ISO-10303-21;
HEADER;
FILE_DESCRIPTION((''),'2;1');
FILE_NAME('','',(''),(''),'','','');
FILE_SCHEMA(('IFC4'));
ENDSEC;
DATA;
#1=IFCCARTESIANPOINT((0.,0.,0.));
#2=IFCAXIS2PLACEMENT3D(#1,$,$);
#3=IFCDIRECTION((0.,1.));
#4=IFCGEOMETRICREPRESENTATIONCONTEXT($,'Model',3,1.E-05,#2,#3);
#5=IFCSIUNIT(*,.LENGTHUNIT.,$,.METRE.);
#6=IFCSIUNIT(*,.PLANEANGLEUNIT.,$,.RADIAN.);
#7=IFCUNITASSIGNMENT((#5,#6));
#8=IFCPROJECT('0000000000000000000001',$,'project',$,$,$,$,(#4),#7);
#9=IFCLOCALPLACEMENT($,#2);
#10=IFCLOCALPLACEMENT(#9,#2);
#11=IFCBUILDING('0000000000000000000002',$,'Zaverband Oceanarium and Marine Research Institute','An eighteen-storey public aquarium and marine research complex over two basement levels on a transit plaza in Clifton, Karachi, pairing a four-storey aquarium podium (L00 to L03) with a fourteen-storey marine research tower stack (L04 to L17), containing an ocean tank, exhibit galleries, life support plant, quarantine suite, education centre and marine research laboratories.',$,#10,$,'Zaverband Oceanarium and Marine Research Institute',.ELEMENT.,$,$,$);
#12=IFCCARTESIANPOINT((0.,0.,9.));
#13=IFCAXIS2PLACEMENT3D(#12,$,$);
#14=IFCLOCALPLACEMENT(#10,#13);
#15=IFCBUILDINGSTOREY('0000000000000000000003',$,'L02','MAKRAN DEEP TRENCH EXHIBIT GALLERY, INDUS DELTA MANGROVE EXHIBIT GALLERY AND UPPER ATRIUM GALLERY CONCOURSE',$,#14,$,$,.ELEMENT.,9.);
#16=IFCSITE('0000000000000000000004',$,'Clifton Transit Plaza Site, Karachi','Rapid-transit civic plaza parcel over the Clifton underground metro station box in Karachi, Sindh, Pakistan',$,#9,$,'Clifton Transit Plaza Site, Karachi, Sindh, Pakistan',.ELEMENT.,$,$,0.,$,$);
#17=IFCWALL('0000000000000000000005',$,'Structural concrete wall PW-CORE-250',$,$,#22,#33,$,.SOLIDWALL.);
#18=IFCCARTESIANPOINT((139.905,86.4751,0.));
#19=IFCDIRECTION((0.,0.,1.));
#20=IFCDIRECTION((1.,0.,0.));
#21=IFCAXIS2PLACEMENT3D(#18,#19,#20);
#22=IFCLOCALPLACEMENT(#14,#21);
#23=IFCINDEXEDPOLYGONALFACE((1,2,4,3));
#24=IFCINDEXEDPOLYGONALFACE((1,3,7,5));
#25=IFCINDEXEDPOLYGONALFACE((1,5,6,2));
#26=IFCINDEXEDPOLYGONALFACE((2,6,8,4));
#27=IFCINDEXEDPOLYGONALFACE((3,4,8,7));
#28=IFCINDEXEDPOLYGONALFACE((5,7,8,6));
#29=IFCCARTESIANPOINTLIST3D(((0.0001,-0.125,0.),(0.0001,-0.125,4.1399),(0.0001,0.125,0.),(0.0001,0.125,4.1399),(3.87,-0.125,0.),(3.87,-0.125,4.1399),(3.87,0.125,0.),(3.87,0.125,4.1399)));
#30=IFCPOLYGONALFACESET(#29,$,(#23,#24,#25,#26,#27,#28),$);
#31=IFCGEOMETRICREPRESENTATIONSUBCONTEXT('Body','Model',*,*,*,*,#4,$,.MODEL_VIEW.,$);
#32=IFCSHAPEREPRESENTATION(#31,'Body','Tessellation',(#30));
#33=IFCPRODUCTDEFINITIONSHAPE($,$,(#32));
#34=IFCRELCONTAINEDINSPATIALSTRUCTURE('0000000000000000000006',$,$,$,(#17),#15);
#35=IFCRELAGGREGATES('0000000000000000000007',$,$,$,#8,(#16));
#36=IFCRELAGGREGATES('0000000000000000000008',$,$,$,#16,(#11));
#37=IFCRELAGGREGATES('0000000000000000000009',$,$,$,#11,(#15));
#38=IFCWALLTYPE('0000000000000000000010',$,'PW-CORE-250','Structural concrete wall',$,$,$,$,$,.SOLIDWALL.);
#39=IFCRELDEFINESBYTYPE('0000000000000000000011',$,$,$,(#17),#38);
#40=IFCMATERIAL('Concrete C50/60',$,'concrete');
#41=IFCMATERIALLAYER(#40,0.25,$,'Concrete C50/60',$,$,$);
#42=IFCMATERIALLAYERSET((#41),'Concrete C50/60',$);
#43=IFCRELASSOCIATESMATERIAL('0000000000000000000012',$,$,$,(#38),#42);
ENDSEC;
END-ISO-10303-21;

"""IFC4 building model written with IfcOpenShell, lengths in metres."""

from ifc_helpers import new_model, si_unit, direction, frame, frame_2d, origin, place, context, subcontext, project, spatial, rectangle, extrude, material, layer, layer_set, type_object, element, save


model = new_model("IFC4")

# Units and contexts
model_context = context("Model", 3, precision=1e-05, world=origin(), true_north=direction((0.0, 1.0)))
body_context = subcontext(model_context, "Body", "Model", "MODEL_VIEW")
ifc_project = project(units=[si_unit("LENGTHUNIT", "METRE"), si_unit("PLANEANGLEUNIT", "RADIAN")], contexts=[model_context])

# Site, building, storey
site_placement = place(None, origin())
site = spatial("IfcSite", under=ifc_project, at=site_placement, Name="Clifton Transit Plaza Site, Karachi", Description="Rapid-transit civic plaza parcel over the Clifton underground metro station box in Karachi, Sindh, Pakistan", LongName="Clifton Transit Plaza Site, Karachi, Sindh, Pakistan", CompositionType="ELEMENT", RefElevation=0.0)
building_placement = place(site_placement, origin())
building = spatial("IfcBuilding", under=site, at=building_placement, Name="Zaverband Oceanarium and Marine Research Institute", Description="An eighteen-storey public aquarium and marine research complex over two basement levels on a transit plaza in Clifton, Karachi, pairing a four-storey aquarium podium (L00 to L03) with a fourteen-storey marine research tower stack (L04 to L17), containing an ocean tank, exhibit galleries, life support plant, quarantine suite, education centre and marine research laboratories.", LongName="Zaverband Oceanarium and Marine Research Institute", CompositionType="ELEMENT")
storey_placement = place(building_placement, frame((0.0, 0.0, 9.0)))
storey = spatial("IfcBuildingStorey", under=building, at=storey_placement, Name="L02", Description="MAKRAN DEEP TRENCH EXHIBIT GALLERY, INDUS DELTA MANGROVE EXHIBIT GALLERY AND UPPER ATRIUM GALLERY CONCOURSE", CompositionType="ELEMENT", Elevation=9.0)

# Shared definitions
ifc_material_1 = material(Name="Concrete C50/60", Category="concrete")

# Shared definitions
ifc_layer_1 = layer(ifc_material_1, 0.25, Name="Concrete C50/60")
ifc_layer_set_1 = layer_set([ifc_layer_1], Name="Concrete C50/60")
wall_type_1 = type_object("IfcWallType", Name="PW-CORE-250", Description="Structural concrete wall", PredefinedType="SOLIDWALL", material=ifc_layer_set_1)

# Wall
wall_1_placement = place(storey_placement, frame((139.905, 86.4751, 0.0), z_axis=(0.0, 0.0, 1.0), x_axis=(1.0, 0.0, 0.0)))
element("IfcWall", 1, at=wall_1_placement, inside=storey, type_object=wall_type_1, Name="Structural concrete wall PW-CORE-250", PredefinedType="SOLIDWALL", context=body_context, shape_type="SweptSolid", body=[
    extrude(rectangle(XDim=3.8699, YDim=0.25, at=frame_2d((1.9351, 0.0))), origin(), (0.0, 0.0, 1.0), 4.1399),
])

save(model, "model.ifc")
